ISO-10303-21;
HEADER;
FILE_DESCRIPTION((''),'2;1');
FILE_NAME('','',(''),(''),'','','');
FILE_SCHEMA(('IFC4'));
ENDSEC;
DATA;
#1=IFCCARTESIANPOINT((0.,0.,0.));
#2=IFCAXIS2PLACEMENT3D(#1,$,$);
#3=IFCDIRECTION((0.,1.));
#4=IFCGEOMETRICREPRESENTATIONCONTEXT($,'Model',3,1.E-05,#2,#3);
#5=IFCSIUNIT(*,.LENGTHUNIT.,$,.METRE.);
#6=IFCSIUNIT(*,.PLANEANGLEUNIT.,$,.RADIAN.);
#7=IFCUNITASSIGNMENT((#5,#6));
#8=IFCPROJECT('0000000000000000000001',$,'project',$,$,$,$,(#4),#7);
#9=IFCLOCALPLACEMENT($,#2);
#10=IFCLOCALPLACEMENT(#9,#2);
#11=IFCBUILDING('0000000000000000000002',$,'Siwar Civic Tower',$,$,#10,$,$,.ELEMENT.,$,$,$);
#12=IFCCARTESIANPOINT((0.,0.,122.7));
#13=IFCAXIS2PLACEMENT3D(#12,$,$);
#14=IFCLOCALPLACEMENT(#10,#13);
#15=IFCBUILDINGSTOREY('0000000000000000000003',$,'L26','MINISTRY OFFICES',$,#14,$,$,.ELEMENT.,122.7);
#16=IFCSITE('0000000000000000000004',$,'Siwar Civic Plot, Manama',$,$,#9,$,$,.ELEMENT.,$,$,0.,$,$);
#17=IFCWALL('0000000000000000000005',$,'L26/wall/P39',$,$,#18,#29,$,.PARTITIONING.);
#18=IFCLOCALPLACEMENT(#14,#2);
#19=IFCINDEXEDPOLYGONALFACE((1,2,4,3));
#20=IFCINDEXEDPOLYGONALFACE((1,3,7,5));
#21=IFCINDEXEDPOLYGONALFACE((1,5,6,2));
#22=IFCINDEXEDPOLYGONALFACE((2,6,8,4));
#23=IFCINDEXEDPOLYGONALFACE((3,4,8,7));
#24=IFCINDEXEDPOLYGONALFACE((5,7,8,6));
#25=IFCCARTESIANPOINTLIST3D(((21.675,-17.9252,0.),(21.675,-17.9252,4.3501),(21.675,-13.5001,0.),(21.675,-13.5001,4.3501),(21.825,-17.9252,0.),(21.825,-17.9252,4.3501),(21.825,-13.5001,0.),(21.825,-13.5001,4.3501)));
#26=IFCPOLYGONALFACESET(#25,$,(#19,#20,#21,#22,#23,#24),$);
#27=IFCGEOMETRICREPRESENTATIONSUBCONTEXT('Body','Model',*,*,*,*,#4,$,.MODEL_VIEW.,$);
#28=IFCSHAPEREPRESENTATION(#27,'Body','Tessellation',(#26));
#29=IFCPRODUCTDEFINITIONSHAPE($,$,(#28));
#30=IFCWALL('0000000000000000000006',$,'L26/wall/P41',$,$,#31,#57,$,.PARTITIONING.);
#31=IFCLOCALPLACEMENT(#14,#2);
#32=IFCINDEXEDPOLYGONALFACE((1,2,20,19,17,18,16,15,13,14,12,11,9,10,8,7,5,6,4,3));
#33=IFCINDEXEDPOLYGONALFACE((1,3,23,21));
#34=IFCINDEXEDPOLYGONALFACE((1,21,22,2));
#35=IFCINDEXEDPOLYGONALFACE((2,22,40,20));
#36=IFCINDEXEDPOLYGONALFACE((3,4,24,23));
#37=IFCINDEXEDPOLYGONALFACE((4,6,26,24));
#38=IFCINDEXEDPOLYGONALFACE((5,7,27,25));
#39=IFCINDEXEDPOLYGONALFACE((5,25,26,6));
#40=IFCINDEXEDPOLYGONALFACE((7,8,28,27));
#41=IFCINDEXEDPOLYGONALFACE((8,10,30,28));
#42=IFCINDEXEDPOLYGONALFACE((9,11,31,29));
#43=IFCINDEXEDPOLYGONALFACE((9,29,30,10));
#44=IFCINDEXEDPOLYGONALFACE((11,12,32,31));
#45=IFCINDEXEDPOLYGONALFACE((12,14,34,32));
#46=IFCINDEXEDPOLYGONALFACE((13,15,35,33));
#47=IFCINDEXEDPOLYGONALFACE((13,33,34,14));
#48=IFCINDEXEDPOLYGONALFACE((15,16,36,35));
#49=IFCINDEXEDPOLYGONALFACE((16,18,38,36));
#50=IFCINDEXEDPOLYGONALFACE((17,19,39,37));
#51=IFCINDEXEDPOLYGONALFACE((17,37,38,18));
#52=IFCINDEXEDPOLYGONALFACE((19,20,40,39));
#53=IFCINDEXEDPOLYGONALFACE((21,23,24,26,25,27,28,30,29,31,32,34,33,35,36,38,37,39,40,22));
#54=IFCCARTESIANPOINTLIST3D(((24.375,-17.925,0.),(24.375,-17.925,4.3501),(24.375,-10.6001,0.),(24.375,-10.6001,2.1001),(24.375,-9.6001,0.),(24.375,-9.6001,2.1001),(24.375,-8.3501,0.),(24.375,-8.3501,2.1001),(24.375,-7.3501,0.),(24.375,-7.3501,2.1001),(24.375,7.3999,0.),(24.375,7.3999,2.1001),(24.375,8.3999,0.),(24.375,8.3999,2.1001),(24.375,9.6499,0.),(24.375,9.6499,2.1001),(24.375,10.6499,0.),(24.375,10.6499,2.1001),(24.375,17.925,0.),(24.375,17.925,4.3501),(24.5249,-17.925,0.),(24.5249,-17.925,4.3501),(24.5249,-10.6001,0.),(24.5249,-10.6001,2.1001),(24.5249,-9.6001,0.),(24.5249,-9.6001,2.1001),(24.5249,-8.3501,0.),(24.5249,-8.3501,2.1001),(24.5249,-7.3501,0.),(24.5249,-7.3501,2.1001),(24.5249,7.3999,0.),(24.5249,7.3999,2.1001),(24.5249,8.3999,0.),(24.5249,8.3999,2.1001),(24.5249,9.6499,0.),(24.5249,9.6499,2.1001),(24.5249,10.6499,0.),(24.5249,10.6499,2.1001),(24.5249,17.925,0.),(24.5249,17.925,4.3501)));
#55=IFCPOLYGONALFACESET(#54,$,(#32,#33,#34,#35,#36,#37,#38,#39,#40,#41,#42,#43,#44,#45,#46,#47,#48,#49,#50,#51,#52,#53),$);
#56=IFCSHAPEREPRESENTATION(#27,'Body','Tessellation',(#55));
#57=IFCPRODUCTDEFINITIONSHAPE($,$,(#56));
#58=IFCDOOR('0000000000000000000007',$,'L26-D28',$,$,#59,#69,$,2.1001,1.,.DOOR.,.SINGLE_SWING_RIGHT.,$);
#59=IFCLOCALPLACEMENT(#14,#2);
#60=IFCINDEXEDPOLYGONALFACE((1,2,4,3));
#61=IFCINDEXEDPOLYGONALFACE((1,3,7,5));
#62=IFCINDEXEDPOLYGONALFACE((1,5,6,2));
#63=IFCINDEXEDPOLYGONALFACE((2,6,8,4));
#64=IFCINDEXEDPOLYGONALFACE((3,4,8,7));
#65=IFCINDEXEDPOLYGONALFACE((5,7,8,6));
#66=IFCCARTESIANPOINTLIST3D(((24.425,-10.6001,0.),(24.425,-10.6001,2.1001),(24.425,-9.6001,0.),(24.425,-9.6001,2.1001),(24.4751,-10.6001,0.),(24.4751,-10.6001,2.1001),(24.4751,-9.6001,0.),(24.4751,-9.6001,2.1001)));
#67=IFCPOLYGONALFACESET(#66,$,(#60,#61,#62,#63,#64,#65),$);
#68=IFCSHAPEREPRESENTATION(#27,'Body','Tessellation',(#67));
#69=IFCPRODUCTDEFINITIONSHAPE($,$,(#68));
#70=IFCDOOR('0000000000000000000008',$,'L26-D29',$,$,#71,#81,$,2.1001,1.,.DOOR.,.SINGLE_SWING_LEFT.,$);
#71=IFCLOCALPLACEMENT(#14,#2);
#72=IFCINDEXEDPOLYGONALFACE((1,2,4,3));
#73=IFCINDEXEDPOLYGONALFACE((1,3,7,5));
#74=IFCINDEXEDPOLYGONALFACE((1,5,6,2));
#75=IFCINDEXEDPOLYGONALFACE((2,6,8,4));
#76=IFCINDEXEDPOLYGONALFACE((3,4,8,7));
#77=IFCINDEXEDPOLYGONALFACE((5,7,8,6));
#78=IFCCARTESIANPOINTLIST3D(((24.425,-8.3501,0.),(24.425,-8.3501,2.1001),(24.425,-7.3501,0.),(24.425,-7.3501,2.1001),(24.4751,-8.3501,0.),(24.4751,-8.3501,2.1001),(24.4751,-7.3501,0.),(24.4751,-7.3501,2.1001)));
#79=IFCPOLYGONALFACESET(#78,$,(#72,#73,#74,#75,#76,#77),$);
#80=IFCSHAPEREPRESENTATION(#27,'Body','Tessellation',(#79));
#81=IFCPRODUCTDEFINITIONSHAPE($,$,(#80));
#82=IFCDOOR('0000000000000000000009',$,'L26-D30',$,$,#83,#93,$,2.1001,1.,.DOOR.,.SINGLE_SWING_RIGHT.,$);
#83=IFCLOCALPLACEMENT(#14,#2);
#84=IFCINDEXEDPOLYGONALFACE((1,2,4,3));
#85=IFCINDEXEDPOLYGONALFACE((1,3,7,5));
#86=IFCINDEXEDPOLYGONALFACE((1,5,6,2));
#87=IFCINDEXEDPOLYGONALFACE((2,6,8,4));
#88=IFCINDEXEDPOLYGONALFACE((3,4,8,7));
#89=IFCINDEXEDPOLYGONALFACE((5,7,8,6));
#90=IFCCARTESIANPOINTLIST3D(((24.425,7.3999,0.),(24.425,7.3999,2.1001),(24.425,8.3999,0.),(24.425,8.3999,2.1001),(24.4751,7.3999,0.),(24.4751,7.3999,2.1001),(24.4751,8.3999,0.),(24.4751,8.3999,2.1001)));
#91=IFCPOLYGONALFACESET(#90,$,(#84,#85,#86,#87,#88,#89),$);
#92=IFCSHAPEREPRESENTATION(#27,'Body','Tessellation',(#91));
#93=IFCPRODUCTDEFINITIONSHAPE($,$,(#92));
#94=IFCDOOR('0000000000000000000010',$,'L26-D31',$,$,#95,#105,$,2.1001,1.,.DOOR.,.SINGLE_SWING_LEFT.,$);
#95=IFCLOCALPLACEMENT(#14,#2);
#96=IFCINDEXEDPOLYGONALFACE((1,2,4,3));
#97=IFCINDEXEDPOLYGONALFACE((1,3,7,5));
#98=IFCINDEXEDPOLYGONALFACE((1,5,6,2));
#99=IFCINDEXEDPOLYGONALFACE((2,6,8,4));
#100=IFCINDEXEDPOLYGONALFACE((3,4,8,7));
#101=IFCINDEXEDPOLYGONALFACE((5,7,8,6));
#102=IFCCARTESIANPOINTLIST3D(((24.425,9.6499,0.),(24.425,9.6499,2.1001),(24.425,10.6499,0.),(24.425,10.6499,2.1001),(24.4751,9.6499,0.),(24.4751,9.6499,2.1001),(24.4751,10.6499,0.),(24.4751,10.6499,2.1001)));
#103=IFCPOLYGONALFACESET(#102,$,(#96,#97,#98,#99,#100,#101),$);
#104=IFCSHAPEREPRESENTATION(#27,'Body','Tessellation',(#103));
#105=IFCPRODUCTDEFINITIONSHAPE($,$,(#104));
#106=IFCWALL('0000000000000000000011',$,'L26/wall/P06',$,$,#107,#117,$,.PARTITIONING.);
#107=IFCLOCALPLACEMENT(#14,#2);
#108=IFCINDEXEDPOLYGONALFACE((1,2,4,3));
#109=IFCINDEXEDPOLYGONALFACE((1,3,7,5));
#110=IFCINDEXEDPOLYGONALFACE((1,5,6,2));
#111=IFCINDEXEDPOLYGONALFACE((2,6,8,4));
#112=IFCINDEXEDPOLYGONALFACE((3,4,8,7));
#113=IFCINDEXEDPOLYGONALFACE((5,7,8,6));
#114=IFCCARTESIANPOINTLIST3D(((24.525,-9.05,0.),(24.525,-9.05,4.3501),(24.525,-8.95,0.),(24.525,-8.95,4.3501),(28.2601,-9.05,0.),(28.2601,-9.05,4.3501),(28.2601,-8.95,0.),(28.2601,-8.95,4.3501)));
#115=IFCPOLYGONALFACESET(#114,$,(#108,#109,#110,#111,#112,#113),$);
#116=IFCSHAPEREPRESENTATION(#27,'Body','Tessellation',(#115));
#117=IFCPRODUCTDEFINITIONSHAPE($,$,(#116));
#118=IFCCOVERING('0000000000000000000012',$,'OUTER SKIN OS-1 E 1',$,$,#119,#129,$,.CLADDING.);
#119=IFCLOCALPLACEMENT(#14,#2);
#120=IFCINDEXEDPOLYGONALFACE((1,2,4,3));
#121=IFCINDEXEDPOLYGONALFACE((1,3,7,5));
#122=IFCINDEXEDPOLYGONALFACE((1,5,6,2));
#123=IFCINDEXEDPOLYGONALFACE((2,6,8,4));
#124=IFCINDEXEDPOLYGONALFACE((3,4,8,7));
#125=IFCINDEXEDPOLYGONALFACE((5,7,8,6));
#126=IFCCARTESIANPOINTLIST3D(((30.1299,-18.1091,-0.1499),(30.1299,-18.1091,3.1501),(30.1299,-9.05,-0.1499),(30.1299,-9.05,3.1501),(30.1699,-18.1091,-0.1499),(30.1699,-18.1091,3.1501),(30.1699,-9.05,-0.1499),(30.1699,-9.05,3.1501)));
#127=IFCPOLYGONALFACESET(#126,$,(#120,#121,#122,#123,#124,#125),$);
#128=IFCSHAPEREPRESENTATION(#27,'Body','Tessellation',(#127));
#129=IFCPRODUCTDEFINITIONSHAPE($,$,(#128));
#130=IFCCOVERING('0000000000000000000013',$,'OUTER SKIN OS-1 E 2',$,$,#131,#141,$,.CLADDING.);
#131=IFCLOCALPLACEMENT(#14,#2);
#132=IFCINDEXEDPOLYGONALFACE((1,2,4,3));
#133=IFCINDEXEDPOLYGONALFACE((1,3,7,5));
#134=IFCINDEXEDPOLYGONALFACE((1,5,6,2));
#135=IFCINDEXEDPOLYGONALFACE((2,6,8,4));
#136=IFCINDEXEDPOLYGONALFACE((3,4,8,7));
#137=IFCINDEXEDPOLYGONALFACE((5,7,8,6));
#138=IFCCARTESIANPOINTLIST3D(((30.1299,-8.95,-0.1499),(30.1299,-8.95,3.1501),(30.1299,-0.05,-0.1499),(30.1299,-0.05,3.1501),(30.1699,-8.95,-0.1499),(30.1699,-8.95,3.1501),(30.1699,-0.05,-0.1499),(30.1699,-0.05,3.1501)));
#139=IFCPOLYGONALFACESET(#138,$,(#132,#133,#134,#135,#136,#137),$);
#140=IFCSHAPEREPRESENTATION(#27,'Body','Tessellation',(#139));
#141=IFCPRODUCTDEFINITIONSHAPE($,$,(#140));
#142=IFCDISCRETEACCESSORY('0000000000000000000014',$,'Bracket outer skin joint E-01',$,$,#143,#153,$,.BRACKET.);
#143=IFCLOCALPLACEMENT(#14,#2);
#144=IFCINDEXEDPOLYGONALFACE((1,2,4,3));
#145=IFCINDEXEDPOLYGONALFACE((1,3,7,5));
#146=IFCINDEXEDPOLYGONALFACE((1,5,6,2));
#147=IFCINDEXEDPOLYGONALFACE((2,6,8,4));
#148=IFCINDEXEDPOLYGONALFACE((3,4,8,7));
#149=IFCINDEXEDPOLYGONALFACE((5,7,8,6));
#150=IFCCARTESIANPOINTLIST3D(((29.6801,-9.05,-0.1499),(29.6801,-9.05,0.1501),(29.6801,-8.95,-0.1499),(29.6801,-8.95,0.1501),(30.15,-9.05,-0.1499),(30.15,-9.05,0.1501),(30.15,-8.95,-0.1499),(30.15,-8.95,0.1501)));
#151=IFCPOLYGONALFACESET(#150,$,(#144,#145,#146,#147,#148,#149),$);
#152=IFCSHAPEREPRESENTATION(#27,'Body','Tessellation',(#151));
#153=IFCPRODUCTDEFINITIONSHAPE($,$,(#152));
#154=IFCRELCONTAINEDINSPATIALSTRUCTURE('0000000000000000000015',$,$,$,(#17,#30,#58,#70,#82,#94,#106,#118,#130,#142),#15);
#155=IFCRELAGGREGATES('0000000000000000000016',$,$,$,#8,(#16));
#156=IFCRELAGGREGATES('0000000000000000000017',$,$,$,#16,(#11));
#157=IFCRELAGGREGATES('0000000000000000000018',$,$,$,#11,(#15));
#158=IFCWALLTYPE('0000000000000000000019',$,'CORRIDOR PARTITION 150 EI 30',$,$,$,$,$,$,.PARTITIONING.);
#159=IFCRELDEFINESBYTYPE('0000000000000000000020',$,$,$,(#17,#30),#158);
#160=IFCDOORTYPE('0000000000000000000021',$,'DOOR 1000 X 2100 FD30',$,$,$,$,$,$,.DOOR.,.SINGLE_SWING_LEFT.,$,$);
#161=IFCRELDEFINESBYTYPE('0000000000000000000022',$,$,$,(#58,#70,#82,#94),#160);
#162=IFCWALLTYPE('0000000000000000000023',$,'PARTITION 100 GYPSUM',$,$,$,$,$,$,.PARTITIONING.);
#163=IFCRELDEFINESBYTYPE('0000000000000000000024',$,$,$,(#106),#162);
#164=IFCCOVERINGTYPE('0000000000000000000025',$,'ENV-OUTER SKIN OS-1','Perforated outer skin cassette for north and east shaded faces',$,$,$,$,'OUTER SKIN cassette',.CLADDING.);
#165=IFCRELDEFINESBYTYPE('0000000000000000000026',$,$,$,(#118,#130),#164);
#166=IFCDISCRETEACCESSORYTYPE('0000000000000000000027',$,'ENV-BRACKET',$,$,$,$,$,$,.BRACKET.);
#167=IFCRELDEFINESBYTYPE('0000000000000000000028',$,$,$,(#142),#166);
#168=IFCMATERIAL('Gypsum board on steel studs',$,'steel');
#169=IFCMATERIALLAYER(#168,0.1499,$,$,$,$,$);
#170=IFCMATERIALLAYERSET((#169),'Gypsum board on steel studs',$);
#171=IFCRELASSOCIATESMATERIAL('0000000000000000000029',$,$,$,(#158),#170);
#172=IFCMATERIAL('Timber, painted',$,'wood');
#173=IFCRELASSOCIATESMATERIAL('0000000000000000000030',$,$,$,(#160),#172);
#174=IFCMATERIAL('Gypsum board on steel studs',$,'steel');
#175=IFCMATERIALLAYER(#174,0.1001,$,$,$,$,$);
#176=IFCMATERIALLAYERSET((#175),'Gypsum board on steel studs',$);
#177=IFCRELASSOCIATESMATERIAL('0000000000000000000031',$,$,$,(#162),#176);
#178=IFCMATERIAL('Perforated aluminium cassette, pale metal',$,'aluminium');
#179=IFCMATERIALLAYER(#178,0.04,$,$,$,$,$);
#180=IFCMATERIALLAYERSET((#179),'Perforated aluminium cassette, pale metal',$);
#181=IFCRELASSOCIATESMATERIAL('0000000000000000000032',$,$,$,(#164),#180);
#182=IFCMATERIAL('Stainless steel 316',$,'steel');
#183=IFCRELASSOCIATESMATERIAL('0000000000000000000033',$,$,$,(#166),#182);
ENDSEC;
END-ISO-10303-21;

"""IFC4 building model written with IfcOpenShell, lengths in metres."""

from ifc_helpers import new_model, si_unit, direction, frame, frame_2d, origin, origin_2d, place, context, subcontext, project, spatial, rectangle, extrude, material, layer, layer_set, type_object, element, fill, save


model = new_model("IFC4")

# Units and contexts
model_context = context("Model", 3, precision=1e-05, world=origin(), true_north=direction((0.0, 1.0)))
body_context = subcontext(model_context, "Body", "Model", "MODEL_VIEW")
ifc_project = project(units=[si_unit("LENGTHUNIT", "METRE"), si_unit("PLANEANGLEUNIT", "RADIAN")], contexts=[model_context])

# Site, building, storey
site_placement = place(None, origin())
site = spatial("IfcSite", under=ifc_project, at=site_placement, Name="Siwar Civic Plot, Manama", CompositionType="ELEMENT", RefElevation=0.0)
building_placement = place(site_placement, origin())
building = spatial("IfcBuilding", under=site, at=building_placement, Name="Siwar Civic Tower", CompositionType="ELEMENT")
storey_placement = place(building_placement, frame((0.0, 0.0, 122.7)))
storey = spatial("IfcBuildingStorey", under=building, at=storey_placement, Name="L26", Description="MINISTRY OFFICES", CompositionType="ELEMENT", Elevation=122.7)

# Wall
ifc_material_1 = material(Name="Gypsum board on steel studs", Category="steel")
ifc_layer_1 = layer(ifc_material_1, 0.1499)
ifc_layer_set_1 = layer_set([ifc_layer_1], Name="Gypsum board on steel studs")
wall_type_1 = type_object("IfcWallType", Name="CORRIDOR PARTITION 150 EI 30", PredefinedType="PARTITIONING", material=ifc_layer_set_1)
wall_1_placement = place(storey_placement, frame((21.75, -17.925, 0.0), z_axis=(0.0, 0.0, 1.0), x_axis=(0.0, 1.0, 0.0)))
element("IfcWall", 1, at=wall_1_placement, inside=storey, type_object=wall_type_1, Name="L26/wall/P39", PredefinedType="PARTITIONING", context=body_context, shape_type="SweptSolid", body=[
    extrude(rectangle(XDim=4.425, YDim=0.1499, at=frame_2d((2.2124, 0.0))), origin(), (0.0, 0.0, 1.0), 4.3501),
])

# Wall, openings, doors
wall_2_placement = place(storey_placement, frame((24.45, -17.925, 0.0), z_axis=(0.0, 0.0, 1.0), x_axis=(0.0, 1.0, 0.0)))
wall_2 = element("IfcWall", 2, at=wall_2_placement, inside=storey, type_object=wall_type_1, Name="L26/wall/P41", PredefinedType="PARTITIONING", context=body_context, shape_type="SweptSolid", body=[
    extrude(rectangle(XDim=35.8501, YDim=0.1499, at=frame_2d((17.925, 0.0))), origin(), (0.0, 0.0, 1.0), 4.3501),
])
opening_1_placement = place(wall_2_placement, frame((7.325, 0.0, 0.0)))
opening_1 = element("IfcOpeningElement", 3, at=opening_1_placement, cuts=wall_2, PredefinedType="OPENING", context=body_context, shape_type="SweptSolid", body=[
    extrude(rectangle(XDim=1.0, YDim=2.1001, at=frame_2d((0.5, 1.05))), frame((0.0, 0.085, 0.0), z_axis=(0.0, -1.0, 0.0), x_axis=(1.0, 0.0, 0.0)), (0.0, 0.0, 1.0), 0.1699),
])
opening_2_placement = place(wall_2_placement, frame((9.575, 0.0, 0.0)))
opening_2 = element("IfcOpeningElement", 4, at=opening_2_placement, cuts=wall_2, PredefinedType="OPENING", context=body_context, shape_type="SweptSolid", body=[
    extrude(rectangle(XDim=1.0, YDim=2.1001, at=frame_2d((0.5, 1.05))), frame((0.0, 0.085, 0.0), z_axis=(0.0, -1.0, 0.0), x_axis=(1.0, 0.0, 0.0)), (0.0, 0.0, 1.0), 0.1699),
])
opening_3_placement = place(wall_2_placement, frame((25.325, 0.0, 0.0)))
opening_3 = element("IfcOpeningElement", 5, at=opening_3_placement, cuts=wall_2, PredefinedType="OPENING", context=body_context, shape_type="SweptSolid", body=[
    extrude(rectangle(XDim=1.0, YDim=2.1001, at=frame_2d((0.5, 1.05))), frame((0.0, 0.085, 0.0), z_axis=(0.0, -1.0, 0.0), x_axis=(1.0, 0.0, 0.0)), (0.0, 0.0, 1.0), 0.1699),
])
opening_4_placement = place(wall_2_placement, frame((27.575, 0.0, 0.0)))
opening_4 = element("IfcOpeningElement", 6, at=opening_4_placement, cuts=wall_2, PredefinedType="OPENING", context=body_context, shape_type="SweptSolid", body=[
    extrude(rectangle(XDim=1.0, YDim=2.1001, at=frame_2d((0.5, 1.05))), frame((0.0, 0.085, 0.0), z_axis=(0.0, -1.0, 0.0), x_axis=(1.0, 0.0, 0.0)), (0.0, 0.0, 1.0), 0.1699),
])
ifc_material_2 = material(Name="Timber, painted", Category="wood")
door_type_1 = type_object("IfcDoorType", Name="DOOR 1000 X 2100 FD30", OperationType="SINGLE_SWING_LEFT", PredefinedType="DOOR", material=ifc_material_2)
door_1_placement = place(opening_1_placement, origin())
door_1 = element("IfcDoor", 7, at=door_1_placement, inside=storey, type_object=door_type_1, Name="L26-D28", OperationType="SINGLE_SWING_RIGHT", OverallHeight=2.1001, OverallWidth=1.0, PredefinedType="DOOR", context=body_context, shape_type="SweptSolid", body=[
    extrude(rectangle(XDim=1.0, YDim=2.1001, at=frame_2d((0.5, 1.05))), frame((0.0, 0.0249, 0.0), z_axis=(0.0, -1.0, 0.0), x_axis=(1.0, 0.0, 0.0)), (0.0, 0.0, 1.0), 0.05),
])
fill(opening_1, door_1)
door_2_placement = place(opening_2_placement, origin())
door_2 = element("IfcDoor", 8, at=door_2_placement, inside=storey, type_object=door_type_1, Name="L26-D29", OperationType="SINGLE_SWING_LEFT", OverallHeight=2.1001, OverallWidth=1.0, PredefinedType="DOOR", context=body_context, shape_type="SweptSolid", body=[
    extrude(rectangle(XDim=1.0, YDim=2.1001, at=frame_2d((0.5, 1.05))), frame((0.0, 0.0249, 0.0), z_axis=(0.0, -1.0, 0.0), x_axis=(1.0, 0.0, 0.0)), (0.0, 0.0, 1.0), 0.05),
])
fill(opening_2, door_2)
door_3_placement = place(opening_3_placement, origin())
door_3 = element("IfcDoor", 9, at=door_3_placement, inside=storey, type_object=door_type_1, Name="L26-D30", OperationType="SINGLE_SWING_RIGHT", OverallHeight=2.1001, OverallWidth=1.0, PredefinedType="DOOR", context=body_context, shape_type="SweptSolid", body=[
    extrude(rectangle(XDim=1.0, YDim=2.1001, at=frame_2d((0.5, 1.05))), frame((0.0, 0.0249, 0.0), z_axis=(0.0, -1.0, 0.0), x_axis=(1.0, 0.0, 0.0)), (0.0, 0.0, 1.0), 0.05),
])
fill(opening_3, door_3)
door_4_placement = place(opening_4_placement, origin())
door_4 = element("IfcDoor", 10, at=door_4_placement, inside=storey, type_object=door_type_1, Name="L26-D31", OperationType="SINGLE_SWING_LEFT", OverallHeight=2.1001, OverallWidth=1.0, PredefinedType="DOOR", context=body_context, shape_type="SweptSolid", body=[
    extrude(rectangle(XDim=1.0, YDim=2.1001, at=frame_2d((0.5, 1.05))), frame((0.0, 0.0249, 0.0), z_axis=(0.0, -1.0, 0.0), x_axis=(1.0, 0.0, 0.0)), (0.0, 0.0, 1.0), 0.05),
])
fill(opening_4, door_4)

# Wall
ifc_material_3 = material(Name="Gypsum board on steel studs", Category="steel")
ifc_layer_2 = layer(ifc_material_3, 0.1001)
ifc_layer_set_2 = layer_set([ifc_layer_2], Name="Gypsum board on steel studs")
wall_type_2 = type_object("IfcWallType", Name="PARTITION 100 GYPSUM", PredefinedType="PARTITIONING", material=ifc_layer_set_2)
wall_3_placement = place(storey_placement, frame((24.5249, -9.0, 0.0), z_axis=(0.0, 0.0, 1.0), x_axis=(1.0, 0.0, 0.0)))
element("IfcWall", 11, at=wall_3_placement, inside=storey, type_object=wall_type_2, Name="L26/wall/P06", PredefinedType="PARTITIONING", context=body_context, shape_type="SweptSolid", body=[
    extrude(rectangle(XDim=3.7351, YDim=0.1001, at=frame_2d((1.8677, 0.0))), origin(), (0.0, 0.0, 1.0), 4.3501),
])

# Coverings
ifc_material_4 = material(Name="Perforated aluminium cassette, pale metal", Category="aluminium")
ifc_layer_3 = layer(ifc_material_4, 0.04)
ifc_layer_set_3 = layer_set([ifc_layer_3], Name="Perforated aluminium cassette, pale metal")
covering_type = type_object("IfcCoveringType", Name="ENV-OUTER SKIN OS-1", Description="Perforated outer skin cassette for north and east shaded faces", ElementType="OUTER SKIN cassette", PredefinedType="CLADDING", material=ifc_layer_set_3)
covering_1_placement = place(storey_placement, frame((30.1499, -13.5796, -0.1499), z_axis=(0.0, 0.0, 1.0), x_axis=(0.0, 1.0, 0.0)))
element("IfcCovering", 12, at=covering_1_placement, inside=storey, type_object=covering_type, Name="OUTER SKIN OS-1 E 1", PredefinedType="CLADDING", context=body_context, shape_type="SweptSolid", body=[
    extrude(rectangle(XDim=9.0591, YDim=0.04, at=origin_2d()), origin(), (0.0, 0.0, 1.0), 3.3),
])
covering_2_placement = place(storey_placement, frame((30.1499, -4.5, -0.1499), z_axis=(0.0, 0.0, 1.0), x_axis=(0.0, 1.0, 0.0)))
element("IfcCovering", 13, at=covering_2_placement, inside=storey, type_object=covering_type, Name="OUTER SKIN OS-1 E 2", PredefinedType="CLADDING", context=body_context, shape_type="SweptSolid", body=[
    extrude(rectangle(XDim=8.8999, YDim=0.04, at=origin_2d()), origin(), (0.0, 0.0, 1.0), 3.3),
])

# Discrete accessory
ifc_material_5 = material(Name="Stainless steel 316", Category="steel")
discrete_accessory_type = type_object("IfcDiscreteAccessoryType", Name="ENV-BRACKET", PredefinedType="BRACKET", material=ifc_material_5)
discrete_accessory_placement = place(storey_placement, frame((29.915, -9.0, -0.1499), z_axis=(0.0, 0.0, 1.0), x_axis=(1.0, 0.0, 0.0)))
element("IfcDiscreteAccessory", 14, at=discrete_accessory_placement, inside=storey, type_object=discrete_accessory_type, Name="Bracket outer skin joint E-01", PredefinedType="BRACKET", context=body_context, shape_type="SweptSolid", body=[
    extrude(rectangle(XDim=0.47, YDim=0.1001, at=origin_2d()), origin(), (0.0, 0.0, 1.0), 0.3),
])

save(model, "model.ifc")
